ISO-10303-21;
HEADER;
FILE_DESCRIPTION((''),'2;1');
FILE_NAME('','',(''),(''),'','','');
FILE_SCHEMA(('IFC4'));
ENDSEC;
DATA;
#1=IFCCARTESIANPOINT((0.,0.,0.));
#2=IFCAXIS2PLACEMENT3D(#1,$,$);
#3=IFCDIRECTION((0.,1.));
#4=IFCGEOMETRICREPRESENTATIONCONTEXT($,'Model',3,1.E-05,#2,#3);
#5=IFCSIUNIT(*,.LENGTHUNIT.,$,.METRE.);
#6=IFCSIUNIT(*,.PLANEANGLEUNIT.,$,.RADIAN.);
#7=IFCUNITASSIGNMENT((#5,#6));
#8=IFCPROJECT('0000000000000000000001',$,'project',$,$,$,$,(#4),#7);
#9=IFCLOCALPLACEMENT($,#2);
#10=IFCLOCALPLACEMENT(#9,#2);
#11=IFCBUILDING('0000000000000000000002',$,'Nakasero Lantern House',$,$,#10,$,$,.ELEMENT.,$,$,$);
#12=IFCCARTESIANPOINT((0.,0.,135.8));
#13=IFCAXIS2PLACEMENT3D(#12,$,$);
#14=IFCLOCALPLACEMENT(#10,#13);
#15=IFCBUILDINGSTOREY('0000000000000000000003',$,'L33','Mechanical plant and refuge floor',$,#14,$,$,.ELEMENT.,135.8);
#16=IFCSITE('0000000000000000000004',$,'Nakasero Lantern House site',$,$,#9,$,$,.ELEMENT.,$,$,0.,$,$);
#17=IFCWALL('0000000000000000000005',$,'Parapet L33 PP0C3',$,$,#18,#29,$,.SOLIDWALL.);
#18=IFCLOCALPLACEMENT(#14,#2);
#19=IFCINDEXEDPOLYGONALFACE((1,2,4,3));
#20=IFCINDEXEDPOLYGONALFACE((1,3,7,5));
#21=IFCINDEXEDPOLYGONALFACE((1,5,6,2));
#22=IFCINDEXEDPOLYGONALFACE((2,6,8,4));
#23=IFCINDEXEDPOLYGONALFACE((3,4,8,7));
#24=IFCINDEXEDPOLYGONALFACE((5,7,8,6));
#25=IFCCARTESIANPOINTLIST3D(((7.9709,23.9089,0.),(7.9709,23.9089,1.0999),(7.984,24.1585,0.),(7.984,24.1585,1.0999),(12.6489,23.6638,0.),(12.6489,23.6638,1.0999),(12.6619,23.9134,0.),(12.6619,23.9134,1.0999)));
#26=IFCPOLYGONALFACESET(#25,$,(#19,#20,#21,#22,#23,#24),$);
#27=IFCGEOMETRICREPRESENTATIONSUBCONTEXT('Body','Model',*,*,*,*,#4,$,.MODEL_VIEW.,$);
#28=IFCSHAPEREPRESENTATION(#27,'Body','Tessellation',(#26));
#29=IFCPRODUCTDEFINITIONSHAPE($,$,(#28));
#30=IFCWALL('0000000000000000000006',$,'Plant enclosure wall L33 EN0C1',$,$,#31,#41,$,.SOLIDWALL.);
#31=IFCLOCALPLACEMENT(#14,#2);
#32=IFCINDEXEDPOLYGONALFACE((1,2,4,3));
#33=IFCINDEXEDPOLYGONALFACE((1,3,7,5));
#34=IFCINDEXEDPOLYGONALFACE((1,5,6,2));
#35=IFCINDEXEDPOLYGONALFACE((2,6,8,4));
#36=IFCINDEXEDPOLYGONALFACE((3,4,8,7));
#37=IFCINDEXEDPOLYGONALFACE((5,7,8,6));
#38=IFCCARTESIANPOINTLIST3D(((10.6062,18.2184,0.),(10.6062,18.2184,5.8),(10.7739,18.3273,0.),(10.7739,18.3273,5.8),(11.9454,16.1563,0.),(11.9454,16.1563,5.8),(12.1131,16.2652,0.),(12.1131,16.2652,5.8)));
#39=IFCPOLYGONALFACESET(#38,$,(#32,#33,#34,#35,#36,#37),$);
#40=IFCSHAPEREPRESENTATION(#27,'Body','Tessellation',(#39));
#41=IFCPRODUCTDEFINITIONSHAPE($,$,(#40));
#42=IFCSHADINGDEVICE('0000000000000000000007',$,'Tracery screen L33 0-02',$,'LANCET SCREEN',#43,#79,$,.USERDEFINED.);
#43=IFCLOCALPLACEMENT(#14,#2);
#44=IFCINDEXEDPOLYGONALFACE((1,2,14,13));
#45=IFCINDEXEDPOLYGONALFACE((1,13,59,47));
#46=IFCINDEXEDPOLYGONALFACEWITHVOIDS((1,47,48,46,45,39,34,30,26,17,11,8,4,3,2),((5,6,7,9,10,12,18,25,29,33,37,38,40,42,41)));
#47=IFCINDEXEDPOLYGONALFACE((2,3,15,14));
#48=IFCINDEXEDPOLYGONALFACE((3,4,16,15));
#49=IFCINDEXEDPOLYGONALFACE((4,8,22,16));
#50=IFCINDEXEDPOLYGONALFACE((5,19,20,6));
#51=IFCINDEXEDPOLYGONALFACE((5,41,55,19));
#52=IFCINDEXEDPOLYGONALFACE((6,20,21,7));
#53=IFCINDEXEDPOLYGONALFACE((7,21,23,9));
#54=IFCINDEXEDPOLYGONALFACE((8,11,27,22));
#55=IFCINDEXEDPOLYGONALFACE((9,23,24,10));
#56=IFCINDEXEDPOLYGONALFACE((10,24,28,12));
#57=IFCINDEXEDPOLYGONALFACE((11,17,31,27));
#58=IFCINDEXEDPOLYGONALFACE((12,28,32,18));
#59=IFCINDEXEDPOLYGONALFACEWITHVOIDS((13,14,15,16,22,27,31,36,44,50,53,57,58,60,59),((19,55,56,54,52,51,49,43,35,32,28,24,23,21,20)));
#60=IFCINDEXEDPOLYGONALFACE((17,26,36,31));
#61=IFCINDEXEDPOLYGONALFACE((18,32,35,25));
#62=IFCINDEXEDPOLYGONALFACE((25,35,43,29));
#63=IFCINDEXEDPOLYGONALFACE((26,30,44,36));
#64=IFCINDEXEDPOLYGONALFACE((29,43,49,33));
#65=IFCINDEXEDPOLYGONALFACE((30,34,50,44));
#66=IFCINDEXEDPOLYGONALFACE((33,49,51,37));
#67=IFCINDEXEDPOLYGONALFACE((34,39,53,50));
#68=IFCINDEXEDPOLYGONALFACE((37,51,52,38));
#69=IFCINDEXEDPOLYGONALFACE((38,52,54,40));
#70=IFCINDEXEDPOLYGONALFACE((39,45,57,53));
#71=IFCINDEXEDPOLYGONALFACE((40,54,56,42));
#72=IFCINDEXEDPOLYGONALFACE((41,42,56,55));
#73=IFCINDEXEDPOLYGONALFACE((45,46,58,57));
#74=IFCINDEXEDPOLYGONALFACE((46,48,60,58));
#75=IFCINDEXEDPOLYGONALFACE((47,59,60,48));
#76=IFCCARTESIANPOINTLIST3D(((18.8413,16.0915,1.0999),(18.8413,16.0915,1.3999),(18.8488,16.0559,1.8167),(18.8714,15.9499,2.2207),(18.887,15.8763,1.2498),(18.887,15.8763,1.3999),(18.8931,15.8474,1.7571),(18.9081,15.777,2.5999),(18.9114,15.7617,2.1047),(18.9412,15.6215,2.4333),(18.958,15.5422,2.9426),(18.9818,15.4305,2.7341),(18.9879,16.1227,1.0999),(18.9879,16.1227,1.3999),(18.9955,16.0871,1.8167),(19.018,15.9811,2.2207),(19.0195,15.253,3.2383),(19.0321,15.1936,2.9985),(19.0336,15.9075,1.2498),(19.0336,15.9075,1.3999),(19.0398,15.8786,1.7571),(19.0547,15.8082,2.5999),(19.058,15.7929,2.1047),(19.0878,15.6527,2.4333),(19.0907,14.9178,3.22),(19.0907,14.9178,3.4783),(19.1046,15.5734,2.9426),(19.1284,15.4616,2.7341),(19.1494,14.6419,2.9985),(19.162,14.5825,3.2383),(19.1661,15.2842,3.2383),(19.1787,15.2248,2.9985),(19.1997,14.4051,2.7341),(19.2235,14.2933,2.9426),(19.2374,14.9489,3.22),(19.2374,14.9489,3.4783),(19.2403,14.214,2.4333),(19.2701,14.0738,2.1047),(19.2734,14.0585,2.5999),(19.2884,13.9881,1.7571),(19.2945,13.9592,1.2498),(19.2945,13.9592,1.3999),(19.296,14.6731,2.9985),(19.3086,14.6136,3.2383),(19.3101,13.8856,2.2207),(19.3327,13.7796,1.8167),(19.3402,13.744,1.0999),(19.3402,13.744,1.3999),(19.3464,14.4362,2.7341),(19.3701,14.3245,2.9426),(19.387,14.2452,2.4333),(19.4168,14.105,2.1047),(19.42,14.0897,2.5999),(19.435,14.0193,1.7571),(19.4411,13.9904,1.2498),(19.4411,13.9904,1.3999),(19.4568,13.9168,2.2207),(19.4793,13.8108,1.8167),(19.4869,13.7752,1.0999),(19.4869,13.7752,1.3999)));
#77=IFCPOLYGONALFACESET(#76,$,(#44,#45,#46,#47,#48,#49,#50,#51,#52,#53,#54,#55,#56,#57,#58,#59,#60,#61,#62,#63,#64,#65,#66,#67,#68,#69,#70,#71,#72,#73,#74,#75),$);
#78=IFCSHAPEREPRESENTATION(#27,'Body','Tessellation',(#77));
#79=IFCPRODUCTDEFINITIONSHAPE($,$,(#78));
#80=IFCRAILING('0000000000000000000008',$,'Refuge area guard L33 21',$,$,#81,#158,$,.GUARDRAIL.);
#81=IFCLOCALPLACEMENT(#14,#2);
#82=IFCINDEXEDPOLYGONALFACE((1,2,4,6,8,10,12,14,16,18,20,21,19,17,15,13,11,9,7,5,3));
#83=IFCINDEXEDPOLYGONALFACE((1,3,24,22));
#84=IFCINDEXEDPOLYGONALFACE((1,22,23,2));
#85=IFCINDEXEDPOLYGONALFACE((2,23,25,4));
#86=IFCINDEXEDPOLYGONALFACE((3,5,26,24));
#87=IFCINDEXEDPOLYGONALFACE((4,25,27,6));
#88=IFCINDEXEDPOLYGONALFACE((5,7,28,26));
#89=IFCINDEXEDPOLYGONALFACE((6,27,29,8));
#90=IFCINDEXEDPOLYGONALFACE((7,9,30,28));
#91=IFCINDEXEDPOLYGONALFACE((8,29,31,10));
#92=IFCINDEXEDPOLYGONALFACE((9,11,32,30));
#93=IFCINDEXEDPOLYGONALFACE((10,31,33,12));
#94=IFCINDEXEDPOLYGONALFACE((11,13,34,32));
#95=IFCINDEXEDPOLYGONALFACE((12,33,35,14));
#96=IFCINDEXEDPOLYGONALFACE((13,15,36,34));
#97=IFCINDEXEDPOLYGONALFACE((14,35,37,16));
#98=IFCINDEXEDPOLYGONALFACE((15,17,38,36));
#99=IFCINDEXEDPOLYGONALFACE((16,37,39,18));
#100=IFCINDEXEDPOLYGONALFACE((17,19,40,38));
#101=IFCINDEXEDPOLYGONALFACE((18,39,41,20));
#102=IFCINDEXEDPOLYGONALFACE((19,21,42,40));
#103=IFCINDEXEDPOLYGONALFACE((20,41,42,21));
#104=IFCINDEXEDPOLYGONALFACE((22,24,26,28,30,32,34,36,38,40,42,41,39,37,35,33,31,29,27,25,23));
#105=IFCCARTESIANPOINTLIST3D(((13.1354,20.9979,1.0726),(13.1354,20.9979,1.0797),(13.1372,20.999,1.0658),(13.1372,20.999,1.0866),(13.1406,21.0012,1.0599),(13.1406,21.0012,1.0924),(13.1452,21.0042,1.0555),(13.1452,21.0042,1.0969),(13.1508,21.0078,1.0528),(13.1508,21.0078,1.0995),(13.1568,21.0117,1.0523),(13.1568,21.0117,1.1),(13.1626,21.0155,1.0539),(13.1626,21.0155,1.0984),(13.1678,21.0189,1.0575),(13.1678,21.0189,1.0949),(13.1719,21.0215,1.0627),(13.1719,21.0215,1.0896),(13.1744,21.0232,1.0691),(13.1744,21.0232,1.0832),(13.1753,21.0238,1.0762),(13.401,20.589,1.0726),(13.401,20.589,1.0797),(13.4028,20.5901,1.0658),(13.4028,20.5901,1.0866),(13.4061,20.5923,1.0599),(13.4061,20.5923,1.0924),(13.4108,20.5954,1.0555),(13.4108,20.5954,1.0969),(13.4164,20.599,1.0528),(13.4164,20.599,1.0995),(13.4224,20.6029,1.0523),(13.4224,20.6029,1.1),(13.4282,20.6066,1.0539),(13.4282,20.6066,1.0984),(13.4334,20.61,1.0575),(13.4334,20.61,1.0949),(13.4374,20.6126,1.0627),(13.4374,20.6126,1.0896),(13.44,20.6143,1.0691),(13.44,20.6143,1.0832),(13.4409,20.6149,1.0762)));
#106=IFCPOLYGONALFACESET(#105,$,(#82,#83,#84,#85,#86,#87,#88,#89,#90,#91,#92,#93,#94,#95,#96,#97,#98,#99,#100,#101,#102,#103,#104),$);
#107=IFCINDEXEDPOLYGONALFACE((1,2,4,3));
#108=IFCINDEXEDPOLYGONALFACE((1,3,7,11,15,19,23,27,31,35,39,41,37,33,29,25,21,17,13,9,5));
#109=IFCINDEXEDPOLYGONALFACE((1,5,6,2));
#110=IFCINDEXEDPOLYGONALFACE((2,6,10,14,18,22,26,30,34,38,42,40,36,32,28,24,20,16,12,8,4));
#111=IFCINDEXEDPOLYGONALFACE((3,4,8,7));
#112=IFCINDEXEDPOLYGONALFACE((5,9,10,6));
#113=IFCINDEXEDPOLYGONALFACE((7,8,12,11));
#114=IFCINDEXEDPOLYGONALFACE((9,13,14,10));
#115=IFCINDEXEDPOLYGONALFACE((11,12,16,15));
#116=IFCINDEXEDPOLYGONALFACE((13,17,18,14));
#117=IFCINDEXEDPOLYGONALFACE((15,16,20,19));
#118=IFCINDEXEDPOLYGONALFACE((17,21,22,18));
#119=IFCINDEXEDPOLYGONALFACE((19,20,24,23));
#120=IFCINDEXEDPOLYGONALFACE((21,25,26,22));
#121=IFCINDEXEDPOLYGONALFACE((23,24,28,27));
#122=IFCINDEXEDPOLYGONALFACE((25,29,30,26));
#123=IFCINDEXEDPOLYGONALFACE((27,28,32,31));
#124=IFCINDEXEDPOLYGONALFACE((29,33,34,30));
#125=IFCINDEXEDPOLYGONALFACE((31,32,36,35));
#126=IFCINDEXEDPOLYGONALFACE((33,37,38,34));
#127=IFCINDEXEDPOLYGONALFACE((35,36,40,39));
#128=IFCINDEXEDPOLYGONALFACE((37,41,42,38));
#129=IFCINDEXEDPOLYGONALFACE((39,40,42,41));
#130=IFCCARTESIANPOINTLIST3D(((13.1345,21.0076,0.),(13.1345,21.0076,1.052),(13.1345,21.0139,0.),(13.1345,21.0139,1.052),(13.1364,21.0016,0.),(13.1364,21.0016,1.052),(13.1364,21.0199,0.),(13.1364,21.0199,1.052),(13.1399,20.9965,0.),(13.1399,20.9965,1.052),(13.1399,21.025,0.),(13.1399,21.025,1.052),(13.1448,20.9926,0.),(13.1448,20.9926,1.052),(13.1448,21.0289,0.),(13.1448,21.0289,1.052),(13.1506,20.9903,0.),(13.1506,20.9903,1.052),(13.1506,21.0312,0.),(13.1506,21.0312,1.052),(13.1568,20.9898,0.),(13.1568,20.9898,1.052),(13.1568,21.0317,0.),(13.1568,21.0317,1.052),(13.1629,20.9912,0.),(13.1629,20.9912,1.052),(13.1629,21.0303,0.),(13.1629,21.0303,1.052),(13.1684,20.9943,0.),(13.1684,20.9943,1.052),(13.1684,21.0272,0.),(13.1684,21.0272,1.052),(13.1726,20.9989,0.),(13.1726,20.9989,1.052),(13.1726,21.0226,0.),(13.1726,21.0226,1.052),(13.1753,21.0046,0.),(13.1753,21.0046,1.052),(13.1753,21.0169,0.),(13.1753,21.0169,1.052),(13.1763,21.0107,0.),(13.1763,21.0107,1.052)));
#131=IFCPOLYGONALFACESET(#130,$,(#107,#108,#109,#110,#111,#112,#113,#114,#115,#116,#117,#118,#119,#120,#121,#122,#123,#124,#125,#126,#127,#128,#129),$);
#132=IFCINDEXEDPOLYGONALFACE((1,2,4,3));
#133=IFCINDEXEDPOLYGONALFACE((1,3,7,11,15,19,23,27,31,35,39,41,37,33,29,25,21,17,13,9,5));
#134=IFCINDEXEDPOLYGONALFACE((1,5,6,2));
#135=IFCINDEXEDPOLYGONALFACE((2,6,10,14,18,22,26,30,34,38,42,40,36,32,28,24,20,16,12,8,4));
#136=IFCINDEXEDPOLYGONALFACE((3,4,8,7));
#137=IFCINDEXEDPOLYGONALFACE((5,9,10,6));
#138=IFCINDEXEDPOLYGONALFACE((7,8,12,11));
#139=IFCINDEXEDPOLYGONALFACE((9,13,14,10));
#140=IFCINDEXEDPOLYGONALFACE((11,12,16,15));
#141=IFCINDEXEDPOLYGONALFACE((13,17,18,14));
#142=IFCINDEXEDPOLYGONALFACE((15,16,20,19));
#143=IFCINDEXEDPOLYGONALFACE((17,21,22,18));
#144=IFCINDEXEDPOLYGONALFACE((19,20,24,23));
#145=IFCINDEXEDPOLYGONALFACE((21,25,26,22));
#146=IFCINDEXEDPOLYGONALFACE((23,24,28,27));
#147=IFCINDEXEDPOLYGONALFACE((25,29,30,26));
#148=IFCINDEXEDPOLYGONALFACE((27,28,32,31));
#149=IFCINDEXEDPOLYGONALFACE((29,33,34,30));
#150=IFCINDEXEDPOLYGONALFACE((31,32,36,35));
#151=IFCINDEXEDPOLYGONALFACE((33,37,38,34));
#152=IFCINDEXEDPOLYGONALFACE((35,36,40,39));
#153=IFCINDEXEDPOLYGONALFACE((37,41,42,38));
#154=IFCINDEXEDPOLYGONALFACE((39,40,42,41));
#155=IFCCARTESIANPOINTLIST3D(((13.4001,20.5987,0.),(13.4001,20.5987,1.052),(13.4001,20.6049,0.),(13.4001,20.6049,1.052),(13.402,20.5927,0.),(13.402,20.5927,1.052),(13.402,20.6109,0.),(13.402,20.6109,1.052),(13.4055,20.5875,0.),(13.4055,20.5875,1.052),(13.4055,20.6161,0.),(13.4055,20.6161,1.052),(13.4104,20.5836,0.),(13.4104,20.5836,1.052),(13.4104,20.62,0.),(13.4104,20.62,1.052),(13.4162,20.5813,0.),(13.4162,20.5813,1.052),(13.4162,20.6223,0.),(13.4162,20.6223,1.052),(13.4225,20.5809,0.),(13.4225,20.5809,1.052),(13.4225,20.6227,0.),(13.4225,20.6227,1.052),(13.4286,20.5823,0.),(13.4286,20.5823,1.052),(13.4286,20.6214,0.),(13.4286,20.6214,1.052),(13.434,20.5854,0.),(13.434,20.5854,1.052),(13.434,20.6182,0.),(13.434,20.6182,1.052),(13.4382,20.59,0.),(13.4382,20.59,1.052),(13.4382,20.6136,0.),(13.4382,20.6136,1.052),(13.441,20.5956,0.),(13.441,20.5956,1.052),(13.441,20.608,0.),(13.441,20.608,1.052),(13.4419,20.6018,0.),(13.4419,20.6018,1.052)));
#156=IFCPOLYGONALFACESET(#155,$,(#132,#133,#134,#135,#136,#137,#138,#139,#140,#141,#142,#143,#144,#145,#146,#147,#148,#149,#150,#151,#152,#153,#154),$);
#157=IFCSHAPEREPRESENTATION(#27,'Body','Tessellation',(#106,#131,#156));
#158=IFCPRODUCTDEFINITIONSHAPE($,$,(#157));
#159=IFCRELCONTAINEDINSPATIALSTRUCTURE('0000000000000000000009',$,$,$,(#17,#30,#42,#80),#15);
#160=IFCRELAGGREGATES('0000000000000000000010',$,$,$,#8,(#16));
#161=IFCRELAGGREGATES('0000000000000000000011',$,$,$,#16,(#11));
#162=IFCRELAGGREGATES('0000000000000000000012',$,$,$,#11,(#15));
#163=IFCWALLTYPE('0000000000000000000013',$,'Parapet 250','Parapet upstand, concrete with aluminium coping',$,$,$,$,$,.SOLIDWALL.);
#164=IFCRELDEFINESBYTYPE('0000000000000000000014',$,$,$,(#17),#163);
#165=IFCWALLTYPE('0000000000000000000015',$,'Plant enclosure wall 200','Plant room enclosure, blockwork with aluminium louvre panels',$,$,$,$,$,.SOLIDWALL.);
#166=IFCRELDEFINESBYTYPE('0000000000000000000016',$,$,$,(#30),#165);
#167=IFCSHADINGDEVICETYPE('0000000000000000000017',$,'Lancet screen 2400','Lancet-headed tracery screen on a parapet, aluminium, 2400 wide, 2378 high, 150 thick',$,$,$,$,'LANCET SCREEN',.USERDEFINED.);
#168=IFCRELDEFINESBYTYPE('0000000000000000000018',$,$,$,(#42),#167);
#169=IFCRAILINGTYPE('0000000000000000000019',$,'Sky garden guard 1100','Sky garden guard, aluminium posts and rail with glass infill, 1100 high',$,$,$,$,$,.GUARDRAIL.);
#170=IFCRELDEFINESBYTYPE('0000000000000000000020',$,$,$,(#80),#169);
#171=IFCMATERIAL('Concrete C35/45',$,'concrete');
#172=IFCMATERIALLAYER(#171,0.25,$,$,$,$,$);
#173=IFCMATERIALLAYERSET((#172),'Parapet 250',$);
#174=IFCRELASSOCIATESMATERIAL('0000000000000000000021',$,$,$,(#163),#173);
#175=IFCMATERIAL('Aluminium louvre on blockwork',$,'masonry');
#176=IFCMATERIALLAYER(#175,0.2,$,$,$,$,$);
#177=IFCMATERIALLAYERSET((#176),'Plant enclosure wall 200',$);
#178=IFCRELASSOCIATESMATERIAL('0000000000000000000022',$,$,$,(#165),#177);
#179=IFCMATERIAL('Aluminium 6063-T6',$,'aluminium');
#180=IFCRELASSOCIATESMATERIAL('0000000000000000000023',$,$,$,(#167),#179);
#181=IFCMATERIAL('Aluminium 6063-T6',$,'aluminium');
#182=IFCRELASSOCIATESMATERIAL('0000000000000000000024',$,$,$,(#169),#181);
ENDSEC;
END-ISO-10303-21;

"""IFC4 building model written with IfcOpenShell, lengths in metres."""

from ifc_helpers import new_model, si_unit, direction, frame, frame_2d, origin, origin_2d, place, context, subcontext, project, spatial, polyline, rectangle, circle, outline, extrude, material, layer, layer_set, type_object, element, save


model = new_model("IFC4")

# Units and contexts
model_context = context("Model", 3, precision=1e-05, world=origin(), true_north=direction((0.0, 1.0)))
body_context = subcontext(model_context, "Body", "Model", "MODEL_VIEW")
ifc_project = project(units=[si_unit("LENGTHUNIT", "METRE"), si_unit("PLANEANGLEUNIT", "RADIAN")], contexts=[model_context])

# Site, building, storey
site_placement = place(None, origin())
site = spatial("IfcSite", under=ifc_project, at=site_placement, Name="Nakasero Lantern House site", CompositionType="ELEMENT", RefElevation=0.0)
building_placement = place(site_placement, origin())
building = spatial("IfcBuilding", under=site, at=building_placement, Name="Nakasero Lantern House", CompositionType="ELEMENT")
storey_placement = place(building_placement, frame((0.0, 0.0, 135.8)))
storey = spatial("IfcBuildingStorey", under=building, at=storey_placement, Name="L33", Description="Mechanical plant and refuge floor", CompositionType="ELEMENT", Elevation=135.8)

# Walls
ifc_material_1 = material(Name="Concrete C35/45", Category="concrete")
ifc_layer_1 = layer(ifc_material_1, 0.25)
ifc_layer_set_1 = layer_set([ifc_layer_1], Name="Parapet 250")
wall_type_1 = type_object("IfcWallType", Name="Parapet 250", Description="Parapet upstand, concrete with aluminium coping", PredefinedType="SOLIDWALL", material=ifc_layer_set_1)
wall_1_placement = place(storey_placement, frame((12.6555, 23.7886, 0.0), z_axis=(0.0, 0.0, 1.0), x_axis=(-0.99863, 0.052326, 0.0)))
element("IfcWall", 1, at=wall_1_placement, inside=storey, type_object=wall_type_1, Name="Parapet L33 PP0C3", PredefinedType="SOLIDWALL", context=body_context, shape_type="SweptSolid", body=[
    extrude(rectangle(XDim=4.6843, YDim=0.25, at=frame_2d((2.3423, 0.0))), origin(), (0.0, 0.0, 1.0), 1.0999),
])
ifc_material_2 = material(Name="Aluminium louvre on blockwork", Category="masonry")
ifc_layer_2 = layer(ifc_material_2, 0.2)
ifc_layer_set_2 = layer_set([ifc_layer_2], Name="Plant enclosure wall 200")
wall_type_2 = type_object("IfcWallType", Name="Plant enclosure wall 200", Description="Plant room enclosure, blockwork with aluminium louvre panels", PredefinedType="SOLIDWALL", material=ifc_layer_set_2)
wall_2_placement = place(storey_placement, frame((12.0293, 16.2107, 0.0), z_axis=(0.0, 0.0, 1.0), x_axis=(-0.544646, 0.838666, 0.0)))
element("IfcWall", 2, at=wall_2_placement, inside=storey, type_object=wall_type_2, Name="Plant enclosure wall L33 EN0C1", PredefinedType="SOLIDWALL", context=body_context, shape_type="SweptSolid", body=[
    extrude(rectangle(XDim=2.4587, YDim=0.2, at=frame_2d((1.2295, 0.0))), origin(), (0.0, 0.0, 1.0), 5.8),
])

# Shading device
ifc_material_3 = material(Name="Aluminium 6063-T6", Category="aluminium")
shading_device_type = type_object("IfcShadingDeviceType", Name="Lancet screen 2400", Description="Lancet-headed tracery screen on a parapet, aluminium, 2400 wide, 2378 high, 150 thick", ElementType="LANCET SCREEN", PredefinedType="USERDEFINED", material=ifc_material_3)
shading_device_placement = place(storey_placement, frame((19.1641, 14.9333, 1.0999), z_axis=(0.0, 0.0, 1.0), x_axis=(-0.207912, 0.978148, 0.0)))
element("IfcShadingDevice", 3, at=shading_device_placement, inside=storey, type_object=shading_device_type, Name="Tracery screen L33 0-02", ObjectType="LANCET SCREEN", PredefinedType="USERDEFINED", context=body_context, shape_type="SweptSolid", body=[
    extrude(outline(polyline([(-1.2, 0.0), (1.2, 0.0), (1.2, 0.3), (1.1636, 0.7168), (1.0552, 1.1208), (0.8784, 1.5), (0.6384, 1.8428), (0.3428, 2.1384), (0.0, 2.3784), (-0.3428, 2.1384), (-0.6384, 1.8428), (-0.8784, 1.5), (-1.0552, 1.1208), (-1.1636, 0.7168), (-1.2, 0.3), (-1.2, 0.0)]), holes=[polyline([(-0.98, 0.1499), (0.98, 0.1499), (0.98, 0.3), (0.9504, 0.6572), (0.8628, 1.0049), (0.7195, 1.3335), (0.5242, 1.6343), (0.282, 1.8987), (0.0, 2.1201), (-0.282, 1.8987), (-0.5242, 1.6343), (-0.7195, 1.3335), (-0.8628, 1.0049), (-0.9504, 0.6572), (-0.98, 0.3), (-0.98, 0.1499)])]), frame((0.0, 0.075, 0.0), z_axis=(0.0, -1.0, 0.0), x_axis=(1.0, 0.0, 0.0)), (0.0, 0.0, 1.0), 0.1499),
])

# Railing
ifc_material_4 = material(Name="Aluminium 6063-T6", Category="aluminium")
railing_type = type_object("IfcRailingType", Name="Sky garden guard 1100", Description="Sky garden guard, aluminium posts and rail with glass infill, 1100 high", PredefinedType="GUARDRAIL", material=ifc_material_4)
railing_1_placement = place(storey_placement, frame((13.1553, 21.0107, 0.0)))
element("IfcRailing", 4, at=railing_1_placement, inside=storey, type_object=railing_type, Name="Refuge area guard L33 21", PredefinedType="GUARDRAIL", context=body_context, shape_type="SweptSolid", body=[
    extrude(circle(Radius=0.0239, at=origin_2d()), frame((0.0, 0.0, 1.0762), z_axis=(0.544724, -0.838615, 0.0), x_axis=(0.838615, 0.544724, 0.0)), (0.0, 0.0, 1.0), 0.4875),
    extrude(circle(Radius=0.021, at=origin_2d()), origin(), (0.0, 0.0, 1.0), 1.052),
    extrude(circle(Radius=0.021, at=origin_2d()), frame((0.2656, -0.4089, 0.0)), (0.0, 0.0, 1.0), 1.052),
])

save(model, "model.ifc")
